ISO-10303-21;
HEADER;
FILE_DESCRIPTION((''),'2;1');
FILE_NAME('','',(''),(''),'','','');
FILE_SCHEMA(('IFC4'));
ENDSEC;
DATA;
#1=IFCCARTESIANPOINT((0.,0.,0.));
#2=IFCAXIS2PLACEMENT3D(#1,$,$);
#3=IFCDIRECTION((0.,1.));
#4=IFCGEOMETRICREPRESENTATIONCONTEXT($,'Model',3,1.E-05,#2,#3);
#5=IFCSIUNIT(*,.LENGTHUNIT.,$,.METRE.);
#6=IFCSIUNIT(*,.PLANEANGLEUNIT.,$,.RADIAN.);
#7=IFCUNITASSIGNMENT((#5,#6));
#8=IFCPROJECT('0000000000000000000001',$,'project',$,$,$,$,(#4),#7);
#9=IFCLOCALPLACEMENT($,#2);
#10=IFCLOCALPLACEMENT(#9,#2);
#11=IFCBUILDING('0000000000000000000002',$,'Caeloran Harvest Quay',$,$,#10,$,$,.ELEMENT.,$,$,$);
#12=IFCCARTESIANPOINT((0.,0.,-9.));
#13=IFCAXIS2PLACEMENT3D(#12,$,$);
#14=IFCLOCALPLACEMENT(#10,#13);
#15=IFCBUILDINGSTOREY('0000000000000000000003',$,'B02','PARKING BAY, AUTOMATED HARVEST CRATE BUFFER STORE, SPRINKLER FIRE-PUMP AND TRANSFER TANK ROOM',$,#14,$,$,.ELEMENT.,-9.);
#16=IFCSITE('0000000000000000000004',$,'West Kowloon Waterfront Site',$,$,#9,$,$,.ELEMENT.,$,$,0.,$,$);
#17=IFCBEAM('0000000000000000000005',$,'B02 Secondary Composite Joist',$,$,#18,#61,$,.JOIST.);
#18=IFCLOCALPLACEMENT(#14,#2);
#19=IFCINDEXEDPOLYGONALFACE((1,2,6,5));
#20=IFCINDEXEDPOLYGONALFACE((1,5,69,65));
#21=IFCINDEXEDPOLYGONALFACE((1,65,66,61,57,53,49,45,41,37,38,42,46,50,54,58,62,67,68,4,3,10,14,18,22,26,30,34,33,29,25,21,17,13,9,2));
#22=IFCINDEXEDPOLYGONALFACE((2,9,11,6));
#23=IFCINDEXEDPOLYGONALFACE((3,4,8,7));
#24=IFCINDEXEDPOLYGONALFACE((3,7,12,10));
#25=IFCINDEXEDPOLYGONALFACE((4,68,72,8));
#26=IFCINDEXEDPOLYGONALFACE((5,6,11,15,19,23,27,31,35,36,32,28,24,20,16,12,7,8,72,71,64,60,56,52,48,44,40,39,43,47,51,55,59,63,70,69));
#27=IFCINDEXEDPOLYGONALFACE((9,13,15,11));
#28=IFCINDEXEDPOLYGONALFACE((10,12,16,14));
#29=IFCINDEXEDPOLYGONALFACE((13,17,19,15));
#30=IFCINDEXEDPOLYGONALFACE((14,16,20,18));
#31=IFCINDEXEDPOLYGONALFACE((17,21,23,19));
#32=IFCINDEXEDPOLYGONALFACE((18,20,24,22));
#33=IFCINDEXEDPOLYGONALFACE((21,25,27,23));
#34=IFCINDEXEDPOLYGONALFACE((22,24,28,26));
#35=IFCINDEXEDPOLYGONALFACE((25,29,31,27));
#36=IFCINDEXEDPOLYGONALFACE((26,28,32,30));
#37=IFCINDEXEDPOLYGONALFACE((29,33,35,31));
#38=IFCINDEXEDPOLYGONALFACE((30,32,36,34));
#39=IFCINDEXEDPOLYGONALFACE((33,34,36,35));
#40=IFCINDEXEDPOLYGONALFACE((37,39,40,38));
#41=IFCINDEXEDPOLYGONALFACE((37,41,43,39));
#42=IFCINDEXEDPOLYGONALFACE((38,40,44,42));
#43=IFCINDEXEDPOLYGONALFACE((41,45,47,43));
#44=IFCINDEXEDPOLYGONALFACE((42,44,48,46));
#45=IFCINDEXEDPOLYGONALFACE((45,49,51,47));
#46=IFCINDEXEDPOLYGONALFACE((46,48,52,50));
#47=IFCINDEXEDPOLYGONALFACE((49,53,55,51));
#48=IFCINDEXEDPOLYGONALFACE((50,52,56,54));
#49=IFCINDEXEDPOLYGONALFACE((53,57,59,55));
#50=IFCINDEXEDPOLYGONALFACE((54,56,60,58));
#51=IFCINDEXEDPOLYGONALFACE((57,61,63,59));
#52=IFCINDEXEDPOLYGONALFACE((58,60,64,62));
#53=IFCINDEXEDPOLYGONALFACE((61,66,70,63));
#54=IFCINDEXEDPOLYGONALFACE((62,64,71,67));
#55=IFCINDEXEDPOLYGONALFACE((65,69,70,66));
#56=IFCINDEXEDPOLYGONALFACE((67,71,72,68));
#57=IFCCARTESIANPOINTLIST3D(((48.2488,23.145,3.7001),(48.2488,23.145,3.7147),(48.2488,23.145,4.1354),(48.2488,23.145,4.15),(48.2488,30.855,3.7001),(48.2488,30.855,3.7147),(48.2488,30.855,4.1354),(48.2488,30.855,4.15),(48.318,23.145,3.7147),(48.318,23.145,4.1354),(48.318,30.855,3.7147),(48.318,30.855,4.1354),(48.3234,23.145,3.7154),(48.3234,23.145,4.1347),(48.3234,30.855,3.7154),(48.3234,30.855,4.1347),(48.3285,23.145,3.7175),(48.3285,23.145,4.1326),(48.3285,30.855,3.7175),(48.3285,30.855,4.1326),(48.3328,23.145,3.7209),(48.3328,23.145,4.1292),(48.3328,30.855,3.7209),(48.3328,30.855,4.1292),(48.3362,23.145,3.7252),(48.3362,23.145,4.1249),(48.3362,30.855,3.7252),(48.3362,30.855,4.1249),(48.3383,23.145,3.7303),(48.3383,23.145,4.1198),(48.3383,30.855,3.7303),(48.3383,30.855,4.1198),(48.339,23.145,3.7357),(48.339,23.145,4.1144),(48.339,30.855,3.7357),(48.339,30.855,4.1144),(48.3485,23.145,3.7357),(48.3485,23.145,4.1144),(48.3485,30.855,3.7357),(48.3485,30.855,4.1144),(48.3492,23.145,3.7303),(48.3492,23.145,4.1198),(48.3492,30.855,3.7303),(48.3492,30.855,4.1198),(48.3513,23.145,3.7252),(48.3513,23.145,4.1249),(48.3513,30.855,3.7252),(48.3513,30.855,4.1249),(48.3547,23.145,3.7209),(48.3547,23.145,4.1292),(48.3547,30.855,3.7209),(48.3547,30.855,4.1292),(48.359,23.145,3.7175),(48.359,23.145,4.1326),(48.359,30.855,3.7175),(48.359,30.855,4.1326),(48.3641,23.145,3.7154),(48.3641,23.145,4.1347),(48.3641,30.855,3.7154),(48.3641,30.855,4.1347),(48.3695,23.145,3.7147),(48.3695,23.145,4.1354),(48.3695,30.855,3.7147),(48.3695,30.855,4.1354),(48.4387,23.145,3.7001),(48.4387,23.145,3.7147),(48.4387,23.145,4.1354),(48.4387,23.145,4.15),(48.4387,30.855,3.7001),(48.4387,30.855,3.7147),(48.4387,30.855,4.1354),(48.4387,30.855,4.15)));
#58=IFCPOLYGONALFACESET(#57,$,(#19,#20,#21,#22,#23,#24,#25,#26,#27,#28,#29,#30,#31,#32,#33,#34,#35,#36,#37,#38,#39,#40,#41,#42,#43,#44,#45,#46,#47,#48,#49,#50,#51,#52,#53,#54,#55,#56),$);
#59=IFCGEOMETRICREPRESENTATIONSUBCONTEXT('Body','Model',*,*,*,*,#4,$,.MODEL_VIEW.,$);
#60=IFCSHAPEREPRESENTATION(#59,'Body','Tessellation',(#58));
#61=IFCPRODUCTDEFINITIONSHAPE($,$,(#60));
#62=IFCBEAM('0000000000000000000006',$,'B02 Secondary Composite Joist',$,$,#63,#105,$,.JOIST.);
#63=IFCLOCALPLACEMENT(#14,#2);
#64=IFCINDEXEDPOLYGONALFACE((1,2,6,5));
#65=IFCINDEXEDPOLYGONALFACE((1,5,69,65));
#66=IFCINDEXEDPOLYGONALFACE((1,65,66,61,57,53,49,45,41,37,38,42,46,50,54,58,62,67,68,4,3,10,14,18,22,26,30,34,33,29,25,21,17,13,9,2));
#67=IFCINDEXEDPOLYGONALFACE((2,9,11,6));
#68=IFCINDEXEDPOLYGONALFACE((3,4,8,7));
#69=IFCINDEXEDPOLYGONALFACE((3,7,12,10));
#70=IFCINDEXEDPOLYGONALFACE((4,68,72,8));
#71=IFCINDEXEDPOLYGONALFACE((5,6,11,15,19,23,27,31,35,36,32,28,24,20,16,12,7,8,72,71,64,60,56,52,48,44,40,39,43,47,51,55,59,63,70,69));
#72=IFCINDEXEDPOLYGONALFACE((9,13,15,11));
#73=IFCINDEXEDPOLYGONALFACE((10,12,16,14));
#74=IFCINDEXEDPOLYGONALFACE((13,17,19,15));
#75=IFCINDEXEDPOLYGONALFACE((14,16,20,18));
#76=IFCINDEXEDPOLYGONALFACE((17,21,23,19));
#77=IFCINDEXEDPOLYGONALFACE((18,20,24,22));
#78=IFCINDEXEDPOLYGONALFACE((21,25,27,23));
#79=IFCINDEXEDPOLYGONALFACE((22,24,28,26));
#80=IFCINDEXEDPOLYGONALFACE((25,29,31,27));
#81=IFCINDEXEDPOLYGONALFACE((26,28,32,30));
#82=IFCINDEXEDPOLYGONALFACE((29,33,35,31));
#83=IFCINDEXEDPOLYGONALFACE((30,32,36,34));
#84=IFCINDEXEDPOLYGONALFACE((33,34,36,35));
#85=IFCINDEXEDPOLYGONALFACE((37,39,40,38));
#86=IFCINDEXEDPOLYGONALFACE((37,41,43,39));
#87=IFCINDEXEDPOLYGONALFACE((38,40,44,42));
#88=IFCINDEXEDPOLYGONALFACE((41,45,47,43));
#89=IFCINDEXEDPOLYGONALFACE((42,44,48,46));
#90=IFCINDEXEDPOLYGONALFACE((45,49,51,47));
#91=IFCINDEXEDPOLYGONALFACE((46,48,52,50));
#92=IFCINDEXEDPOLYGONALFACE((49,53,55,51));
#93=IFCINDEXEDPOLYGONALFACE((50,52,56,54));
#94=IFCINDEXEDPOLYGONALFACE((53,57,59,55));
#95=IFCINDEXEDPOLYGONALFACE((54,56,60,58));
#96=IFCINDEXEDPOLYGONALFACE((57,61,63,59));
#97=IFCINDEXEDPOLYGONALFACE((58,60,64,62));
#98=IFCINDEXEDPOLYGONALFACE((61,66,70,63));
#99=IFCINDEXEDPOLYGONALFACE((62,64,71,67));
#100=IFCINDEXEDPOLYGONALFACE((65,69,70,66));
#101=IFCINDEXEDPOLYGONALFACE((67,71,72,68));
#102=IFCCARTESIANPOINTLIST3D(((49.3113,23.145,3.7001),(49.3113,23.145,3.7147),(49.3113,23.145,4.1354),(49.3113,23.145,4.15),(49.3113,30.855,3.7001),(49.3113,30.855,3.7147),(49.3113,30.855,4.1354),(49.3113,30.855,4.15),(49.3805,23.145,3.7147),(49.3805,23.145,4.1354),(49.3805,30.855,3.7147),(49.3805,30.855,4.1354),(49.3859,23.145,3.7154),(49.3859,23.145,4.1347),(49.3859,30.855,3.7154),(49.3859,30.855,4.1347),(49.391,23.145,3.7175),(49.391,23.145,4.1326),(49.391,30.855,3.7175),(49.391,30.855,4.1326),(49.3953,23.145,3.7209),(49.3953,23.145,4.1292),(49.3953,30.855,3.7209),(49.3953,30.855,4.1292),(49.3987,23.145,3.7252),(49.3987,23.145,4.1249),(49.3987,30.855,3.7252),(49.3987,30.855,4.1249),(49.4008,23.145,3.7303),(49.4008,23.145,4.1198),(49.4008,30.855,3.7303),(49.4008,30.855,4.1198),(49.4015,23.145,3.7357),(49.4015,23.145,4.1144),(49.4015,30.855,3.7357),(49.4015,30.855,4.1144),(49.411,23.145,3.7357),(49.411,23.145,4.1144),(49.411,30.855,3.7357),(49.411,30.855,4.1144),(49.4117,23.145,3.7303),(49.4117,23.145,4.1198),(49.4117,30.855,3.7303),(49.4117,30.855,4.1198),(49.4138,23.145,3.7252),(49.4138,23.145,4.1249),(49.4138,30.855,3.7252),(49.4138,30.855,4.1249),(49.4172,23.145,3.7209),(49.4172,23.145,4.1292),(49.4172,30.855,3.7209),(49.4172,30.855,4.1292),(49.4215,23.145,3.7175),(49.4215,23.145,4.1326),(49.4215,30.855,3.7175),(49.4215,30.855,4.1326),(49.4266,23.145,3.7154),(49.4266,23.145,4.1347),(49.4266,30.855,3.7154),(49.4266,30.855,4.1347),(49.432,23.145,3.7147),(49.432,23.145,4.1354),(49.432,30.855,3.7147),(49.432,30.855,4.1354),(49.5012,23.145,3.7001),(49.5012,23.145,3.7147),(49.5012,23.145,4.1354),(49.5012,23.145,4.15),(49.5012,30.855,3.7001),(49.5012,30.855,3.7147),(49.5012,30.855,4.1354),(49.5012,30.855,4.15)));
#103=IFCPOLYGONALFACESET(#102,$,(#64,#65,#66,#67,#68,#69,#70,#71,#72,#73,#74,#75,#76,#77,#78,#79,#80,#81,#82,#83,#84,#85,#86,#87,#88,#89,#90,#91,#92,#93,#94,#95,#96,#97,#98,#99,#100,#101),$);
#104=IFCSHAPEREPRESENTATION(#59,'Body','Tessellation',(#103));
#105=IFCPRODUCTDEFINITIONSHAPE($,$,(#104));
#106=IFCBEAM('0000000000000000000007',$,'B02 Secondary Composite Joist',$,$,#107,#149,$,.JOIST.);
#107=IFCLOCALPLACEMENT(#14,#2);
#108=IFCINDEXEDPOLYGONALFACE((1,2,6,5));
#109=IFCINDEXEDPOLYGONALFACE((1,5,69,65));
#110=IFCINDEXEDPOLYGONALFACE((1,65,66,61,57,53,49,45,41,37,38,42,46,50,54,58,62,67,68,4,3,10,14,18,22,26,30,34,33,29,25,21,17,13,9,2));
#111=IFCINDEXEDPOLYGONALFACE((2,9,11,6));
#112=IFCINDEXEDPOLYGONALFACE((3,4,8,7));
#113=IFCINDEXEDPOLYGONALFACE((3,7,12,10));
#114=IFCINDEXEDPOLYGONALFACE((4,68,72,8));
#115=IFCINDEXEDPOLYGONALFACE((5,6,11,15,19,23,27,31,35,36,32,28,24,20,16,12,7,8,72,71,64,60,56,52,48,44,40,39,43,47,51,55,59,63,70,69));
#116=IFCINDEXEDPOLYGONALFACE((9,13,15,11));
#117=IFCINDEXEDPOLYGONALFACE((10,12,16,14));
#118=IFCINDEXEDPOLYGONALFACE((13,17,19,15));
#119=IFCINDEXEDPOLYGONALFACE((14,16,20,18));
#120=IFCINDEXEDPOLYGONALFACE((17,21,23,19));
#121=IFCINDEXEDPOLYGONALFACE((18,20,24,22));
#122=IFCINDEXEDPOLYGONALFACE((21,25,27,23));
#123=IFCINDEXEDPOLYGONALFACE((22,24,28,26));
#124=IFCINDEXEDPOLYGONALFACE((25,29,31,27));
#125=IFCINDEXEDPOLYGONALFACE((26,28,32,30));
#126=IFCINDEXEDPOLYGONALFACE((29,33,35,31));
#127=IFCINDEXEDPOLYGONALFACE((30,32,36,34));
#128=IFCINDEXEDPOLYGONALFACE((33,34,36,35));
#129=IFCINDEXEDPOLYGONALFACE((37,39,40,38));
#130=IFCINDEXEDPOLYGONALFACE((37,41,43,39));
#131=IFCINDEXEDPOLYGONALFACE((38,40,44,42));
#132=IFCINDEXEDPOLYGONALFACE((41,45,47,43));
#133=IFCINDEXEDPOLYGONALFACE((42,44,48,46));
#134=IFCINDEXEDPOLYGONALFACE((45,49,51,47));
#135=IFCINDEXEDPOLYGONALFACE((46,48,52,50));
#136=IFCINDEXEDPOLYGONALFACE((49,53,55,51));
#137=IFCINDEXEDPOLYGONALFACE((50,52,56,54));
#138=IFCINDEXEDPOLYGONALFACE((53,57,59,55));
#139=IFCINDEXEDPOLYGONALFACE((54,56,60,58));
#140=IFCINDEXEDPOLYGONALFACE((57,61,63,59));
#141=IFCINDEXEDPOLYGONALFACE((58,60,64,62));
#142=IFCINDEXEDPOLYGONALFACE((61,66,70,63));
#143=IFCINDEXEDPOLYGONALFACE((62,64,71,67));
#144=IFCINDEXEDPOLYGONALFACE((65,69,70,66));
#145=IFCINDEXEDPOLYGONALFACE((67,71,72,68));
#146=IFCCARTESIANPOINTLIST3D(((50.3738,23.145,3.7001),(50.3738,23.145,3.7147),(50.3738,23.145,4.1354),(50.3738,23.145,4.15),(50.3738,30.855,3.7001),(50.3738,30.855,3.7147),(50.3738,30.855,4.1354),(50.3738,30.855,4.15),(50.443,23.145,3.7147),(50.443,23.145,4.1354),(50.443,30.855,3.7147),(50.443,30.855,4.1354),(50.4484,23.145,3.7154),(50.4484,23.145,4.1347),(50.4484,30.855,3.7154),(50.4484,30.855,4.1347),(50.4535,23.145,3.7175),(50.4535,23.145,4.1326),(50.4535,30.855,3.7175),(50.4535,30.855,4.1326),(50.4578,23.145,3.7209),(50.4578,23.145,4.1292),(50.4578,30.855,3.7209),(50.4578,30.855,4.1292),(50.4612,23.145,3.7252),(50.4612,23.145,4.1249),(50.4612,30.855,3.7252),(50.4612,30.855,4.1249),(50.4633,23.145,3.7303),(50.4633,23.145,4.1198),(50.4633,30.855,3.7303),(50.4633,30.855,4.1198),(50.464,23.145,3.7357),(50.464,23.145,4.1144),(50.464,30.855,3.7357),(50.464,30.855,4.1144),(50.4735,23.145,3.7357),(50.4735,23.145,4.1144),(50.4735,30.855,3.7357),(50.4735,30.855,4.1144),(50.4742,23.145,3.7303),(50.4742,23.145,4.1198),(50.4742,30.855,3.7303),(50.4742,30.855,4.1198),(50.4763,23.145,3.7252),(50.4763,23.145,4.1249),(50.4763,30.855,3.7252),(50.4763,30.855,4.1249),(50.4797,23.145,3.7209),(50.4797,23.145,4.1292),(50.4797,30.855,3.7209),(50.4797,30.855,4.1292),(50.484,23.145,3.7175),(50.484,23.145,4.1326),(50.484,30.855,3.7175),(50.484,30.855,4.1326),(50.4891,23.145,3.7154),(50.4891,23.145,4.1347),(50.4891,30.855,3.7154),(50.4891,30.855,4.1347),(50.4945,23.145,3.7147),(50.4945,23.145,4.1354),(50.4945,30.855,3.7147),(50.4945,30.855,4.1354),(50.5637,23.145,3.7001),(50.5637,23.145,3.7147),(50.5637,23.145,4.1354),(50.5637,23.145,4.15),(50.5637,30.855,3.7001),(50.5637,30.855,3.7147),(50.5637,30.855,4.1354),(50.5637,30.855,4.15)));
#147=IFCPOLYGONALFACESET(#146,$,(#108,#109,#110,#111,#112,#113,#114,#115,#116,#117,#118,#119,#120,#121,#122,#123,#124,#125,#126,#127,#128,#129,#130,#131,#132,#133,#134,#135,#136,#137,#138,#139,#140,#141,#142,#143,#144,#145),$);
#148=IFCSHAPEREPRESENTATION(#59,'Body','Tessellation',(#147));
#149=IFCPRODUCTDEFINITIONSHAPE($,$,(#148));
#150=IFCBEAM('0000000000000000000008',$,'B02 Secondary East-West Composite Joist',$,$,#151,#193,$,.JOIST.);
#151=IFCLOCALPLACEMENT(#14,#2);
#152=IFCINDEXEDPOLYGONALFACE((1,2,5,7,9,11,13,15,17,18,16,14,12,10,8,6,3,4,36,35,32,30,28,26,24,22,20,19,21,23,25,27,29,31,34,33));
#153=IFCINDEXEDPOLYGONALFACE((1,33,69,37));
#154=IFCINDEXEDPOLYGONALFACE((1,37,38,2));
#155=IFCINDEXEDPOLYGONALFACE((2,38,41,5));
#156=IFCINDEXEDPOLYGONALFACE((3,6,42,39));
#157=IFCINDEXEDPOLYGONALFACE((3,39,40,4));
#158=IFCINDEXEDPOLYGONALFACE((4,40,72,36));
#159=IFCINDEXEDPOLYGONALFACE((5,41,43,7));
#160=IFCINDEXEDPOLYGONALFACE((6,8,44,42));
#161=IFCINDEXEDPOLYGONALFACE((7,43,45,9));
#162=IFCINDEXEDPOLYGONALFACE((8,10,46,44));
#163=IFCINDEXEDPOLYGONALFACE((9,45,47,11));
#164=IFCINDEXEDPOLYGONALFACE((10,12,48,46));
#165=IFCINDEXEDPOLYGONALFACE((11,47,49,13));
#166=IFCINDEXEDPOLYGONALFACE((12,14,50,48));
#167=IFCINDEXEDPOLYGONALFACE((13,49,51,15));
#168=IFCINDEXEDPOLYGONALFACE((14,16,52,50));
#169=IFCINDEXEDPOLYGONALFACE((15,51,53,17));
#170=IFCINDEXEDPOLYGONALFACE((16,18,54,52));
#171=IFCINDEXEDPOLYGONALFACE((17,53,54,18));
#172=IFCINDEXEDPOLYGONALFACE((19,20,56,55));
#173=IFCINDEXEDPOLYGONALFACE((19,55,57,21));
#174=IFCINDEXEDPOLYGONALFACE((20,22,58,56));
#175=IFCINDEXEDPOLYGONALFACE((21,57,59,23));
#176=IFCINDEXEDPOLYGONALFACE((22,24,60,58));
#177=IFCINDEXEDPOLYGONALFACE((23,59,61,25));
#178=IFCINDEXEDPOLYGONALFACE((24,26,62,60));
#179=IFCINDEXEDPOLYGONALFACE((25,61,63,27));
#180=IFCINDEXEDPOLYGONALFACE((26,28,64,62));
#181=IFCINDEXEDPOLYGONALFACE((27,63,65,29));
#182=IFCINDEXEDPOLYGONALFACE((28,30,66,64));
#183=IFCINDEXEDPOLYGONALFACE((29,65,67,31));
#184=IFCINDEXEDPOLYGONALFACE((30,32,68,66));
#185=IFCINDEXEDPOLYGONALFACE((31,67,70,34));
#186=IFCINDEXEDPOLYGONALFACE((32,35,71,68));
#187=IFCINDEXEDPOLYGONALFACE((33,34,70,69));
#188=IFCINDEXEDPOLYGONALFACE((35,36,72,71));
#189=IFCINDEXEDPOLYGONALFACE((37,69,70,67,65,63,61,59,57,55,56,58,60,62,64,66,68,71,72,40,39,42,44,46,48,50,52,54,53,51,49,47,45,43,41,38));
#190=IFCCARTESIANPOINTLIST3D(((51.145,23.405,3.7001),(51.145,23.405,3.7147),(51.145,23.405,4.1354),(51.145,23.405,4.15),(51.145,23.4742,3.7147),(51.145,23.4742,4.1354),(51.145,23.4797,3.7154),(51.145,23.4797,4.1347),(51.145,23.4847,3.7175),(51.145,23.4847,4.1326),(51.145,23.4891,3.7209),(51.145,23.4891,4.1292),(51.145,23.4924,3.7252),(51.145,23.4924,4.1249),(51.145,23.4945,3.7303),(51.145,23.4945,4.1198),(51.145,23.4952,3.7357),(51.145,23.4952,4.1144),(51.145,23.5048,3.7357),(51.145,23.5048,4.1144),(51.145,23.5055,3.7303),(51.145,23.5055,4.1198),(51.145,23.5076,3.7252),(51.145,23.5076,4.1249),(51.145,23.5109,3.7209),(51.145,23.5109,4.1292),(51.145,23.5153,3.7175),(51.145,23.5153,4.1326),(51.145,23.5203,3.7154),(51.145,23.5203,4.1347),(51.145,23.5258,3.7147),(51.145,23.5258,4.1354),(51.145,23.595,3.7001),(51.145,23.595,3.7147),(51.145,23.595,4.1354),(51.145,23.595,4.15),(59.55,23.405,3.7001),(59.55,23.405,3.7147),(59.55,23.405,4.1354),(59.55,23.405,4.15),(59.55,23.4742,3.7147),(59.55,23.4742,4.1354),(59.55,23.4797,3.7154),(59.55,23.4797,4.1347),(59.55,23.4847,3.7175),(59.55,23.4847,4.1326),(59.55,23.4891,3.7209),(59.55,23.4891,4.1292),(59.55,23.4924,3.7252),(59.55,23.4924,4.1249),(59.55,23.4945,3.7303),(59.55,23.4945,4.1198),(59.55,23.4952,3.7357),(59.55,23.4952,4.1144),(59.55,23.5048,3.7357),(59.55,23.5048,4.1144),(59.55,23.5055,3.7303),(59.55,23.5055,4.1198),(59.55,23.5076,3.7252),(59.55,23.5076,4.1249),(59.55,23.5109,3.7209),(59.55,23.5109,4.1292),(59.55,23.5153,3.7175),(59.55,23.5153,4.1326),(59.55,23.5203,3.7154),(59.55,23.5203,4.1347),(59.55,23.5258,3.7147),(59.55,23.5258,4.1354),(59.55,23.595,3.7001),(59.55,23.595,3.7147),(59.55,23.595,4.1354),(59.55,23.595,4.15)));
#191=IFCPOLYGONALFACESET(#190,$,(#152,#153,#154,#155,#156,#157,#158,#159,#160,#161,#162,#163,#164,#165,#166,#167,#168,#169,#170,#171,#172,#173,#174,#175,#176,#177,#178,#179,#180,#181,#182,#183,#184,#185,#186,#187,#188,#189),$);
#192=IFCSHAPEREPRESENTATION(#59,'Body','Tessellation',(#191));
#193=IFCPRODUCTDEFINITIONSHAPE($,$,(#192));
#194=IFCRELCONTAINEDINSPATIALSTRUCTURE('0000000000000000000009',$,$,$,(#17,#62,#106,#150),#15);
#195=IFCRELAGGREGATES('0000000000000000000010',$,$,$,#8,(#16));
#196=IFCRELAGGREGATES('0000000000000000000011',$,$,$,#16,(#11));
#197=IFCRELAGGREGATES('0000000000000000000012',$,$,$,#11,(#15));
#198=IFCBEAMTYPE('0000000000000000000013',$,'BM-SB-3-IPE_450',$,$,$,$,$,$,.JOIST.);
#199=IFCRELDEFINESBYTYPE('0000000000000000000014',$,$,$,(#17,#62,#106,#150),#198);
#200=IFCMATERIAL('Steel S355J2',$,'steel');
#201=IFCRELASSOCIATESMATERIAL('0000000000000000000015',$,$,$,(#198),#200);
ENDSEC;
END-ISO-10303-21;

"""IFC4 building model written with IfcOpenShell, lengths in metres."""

from ifc_helpers import new_model, si_unit, direction, frame, origin, origin_2d, place, context, subcontext, project, spatial, i_section, extrude, material, material_profile, profile_set, type_object, element, save


model = new_model("IFC4")

# Units and contexts
model_context = context("Model", 3, precision=1e-05, world=origin(), true_north=direction((0.0, 1.0)))
body_context = subcontext(model_context, "Body", "Model", "MODEL_VIEW")
ifc_project = project(units=[si_unit("LENGTHUNIT", "METRE"), si_unit("PLANEANGLEUNIT", "RADIAN")], contexts=[model_context])

# Site, building, storey
site_placement = place(None, origin())
site = spatial("IfcSite", under=ifc_project, at=site_placement, Name="West Kowloon Waterfront Site", CompositionType="ELEMENT", RefElevation=0.0)
building_placement = place(site_placement, origin())
building = spatial("IfcBuilding", under=site, at=building_placement, Name="Caeloran Harvest Quay", CompositionType="ELEMENT")
storey_placement = place(building_placement, frame((0.0, 0.0, -9.0)))
storey = spatial("IfcBuildingStorey", under=building, at=storey_placement, Name="B02", Description="PARKING BAY, AUTOMATED HARVEST CRATE BUFFER STORE, SPRINKLER FIRE-PUMP AND TRANSFER TANK ROOM", CompositionType="ELEMENT", Elevation=-9.0)

# Beams
ifc_material_1 = material(Name="Steel S355J2", Category="steel")
ifc_material_profile_1 = material_profile(ifc_material_1, i_section(OverallWidth=0.1899, OverallDepth=0.45, WebThickness=0.0095, FlangeThickness=0.0146, FilletRadius=0.021, at=origin_2d()), Name="IPE 450")
ifc_profile_set_1 = profile_set([ifc_material_profile_1], Name="Steel S355J2")
beam_type_1 = type_object("IfcBeamType", Name="BM-SB-3-IPE_450", PredefinedType="JOIST", material=ifc_profile_set_1)
for number, where, z_axis, x_axis, name in (
    (1, (48.3438, 23.145, 3.925), (0.0, 1.0, 0.0), (-1.0, 0.0, 0.0), "B02 Secondary Composite Joist"),
    (2, (49.4062, 23.145, 3.925), (0.0, 1.0, 0.0), (-1.0, 0.0, 0.0), "B02 Secondary Composite Joist"),
    (3, (50.4688, 23.145, 3.925), (0.0, 1.0, 0.0), (-1.0, 0.0, 0.0), "B02 Secondary Composite Joist"),
):
    element("IfcBeam", number, at=place(storey_placement, frame(where, z_axis=z_axis, x_axis=x_axis)), inside=storey, type_object=beam_type_1, Name=name, PredefinedType="JOIST", context=body_context, shape_type="SweptSolid", body=[
        extrude(i_section(OverallWidth=0.1899, OverallDepth=0.45, WebThickness=0.0095, FlangeThickness=0.0146, FilletRadius=0.021, at=origin_2d()), origin(), (0.0, 0.0, 1.0), 7.71),
    ])
for number, where, z_axis, x_axis, name in (
    (4, (51.145, 23.5, 3.925), (1.0, 0.0, 0.0), (0.0, 1.0, 0.0), "B02 Secondary East-West Composite Joist"),
):
    element("IfcBeam", number, at=place(storey_placement, frame(where, z_axis=z_axis, x_axis=x_axis)), inside=storey, type_object=beam_type_1, Name=name, PredefinedType="JOIST", context=body_context, shape_type="SweptSolid", body=[
        extrude(i_section(OverallWidth=0.1899, OverallDepth=0.45, WebThickness=0.0095, FlangeThickness=0.0146, FilletRadius=0.021, at=origin_2d()), origin(), (0.0, 0.0, 1.0), 8.405),
    ])

save(model, "model.ifc")
